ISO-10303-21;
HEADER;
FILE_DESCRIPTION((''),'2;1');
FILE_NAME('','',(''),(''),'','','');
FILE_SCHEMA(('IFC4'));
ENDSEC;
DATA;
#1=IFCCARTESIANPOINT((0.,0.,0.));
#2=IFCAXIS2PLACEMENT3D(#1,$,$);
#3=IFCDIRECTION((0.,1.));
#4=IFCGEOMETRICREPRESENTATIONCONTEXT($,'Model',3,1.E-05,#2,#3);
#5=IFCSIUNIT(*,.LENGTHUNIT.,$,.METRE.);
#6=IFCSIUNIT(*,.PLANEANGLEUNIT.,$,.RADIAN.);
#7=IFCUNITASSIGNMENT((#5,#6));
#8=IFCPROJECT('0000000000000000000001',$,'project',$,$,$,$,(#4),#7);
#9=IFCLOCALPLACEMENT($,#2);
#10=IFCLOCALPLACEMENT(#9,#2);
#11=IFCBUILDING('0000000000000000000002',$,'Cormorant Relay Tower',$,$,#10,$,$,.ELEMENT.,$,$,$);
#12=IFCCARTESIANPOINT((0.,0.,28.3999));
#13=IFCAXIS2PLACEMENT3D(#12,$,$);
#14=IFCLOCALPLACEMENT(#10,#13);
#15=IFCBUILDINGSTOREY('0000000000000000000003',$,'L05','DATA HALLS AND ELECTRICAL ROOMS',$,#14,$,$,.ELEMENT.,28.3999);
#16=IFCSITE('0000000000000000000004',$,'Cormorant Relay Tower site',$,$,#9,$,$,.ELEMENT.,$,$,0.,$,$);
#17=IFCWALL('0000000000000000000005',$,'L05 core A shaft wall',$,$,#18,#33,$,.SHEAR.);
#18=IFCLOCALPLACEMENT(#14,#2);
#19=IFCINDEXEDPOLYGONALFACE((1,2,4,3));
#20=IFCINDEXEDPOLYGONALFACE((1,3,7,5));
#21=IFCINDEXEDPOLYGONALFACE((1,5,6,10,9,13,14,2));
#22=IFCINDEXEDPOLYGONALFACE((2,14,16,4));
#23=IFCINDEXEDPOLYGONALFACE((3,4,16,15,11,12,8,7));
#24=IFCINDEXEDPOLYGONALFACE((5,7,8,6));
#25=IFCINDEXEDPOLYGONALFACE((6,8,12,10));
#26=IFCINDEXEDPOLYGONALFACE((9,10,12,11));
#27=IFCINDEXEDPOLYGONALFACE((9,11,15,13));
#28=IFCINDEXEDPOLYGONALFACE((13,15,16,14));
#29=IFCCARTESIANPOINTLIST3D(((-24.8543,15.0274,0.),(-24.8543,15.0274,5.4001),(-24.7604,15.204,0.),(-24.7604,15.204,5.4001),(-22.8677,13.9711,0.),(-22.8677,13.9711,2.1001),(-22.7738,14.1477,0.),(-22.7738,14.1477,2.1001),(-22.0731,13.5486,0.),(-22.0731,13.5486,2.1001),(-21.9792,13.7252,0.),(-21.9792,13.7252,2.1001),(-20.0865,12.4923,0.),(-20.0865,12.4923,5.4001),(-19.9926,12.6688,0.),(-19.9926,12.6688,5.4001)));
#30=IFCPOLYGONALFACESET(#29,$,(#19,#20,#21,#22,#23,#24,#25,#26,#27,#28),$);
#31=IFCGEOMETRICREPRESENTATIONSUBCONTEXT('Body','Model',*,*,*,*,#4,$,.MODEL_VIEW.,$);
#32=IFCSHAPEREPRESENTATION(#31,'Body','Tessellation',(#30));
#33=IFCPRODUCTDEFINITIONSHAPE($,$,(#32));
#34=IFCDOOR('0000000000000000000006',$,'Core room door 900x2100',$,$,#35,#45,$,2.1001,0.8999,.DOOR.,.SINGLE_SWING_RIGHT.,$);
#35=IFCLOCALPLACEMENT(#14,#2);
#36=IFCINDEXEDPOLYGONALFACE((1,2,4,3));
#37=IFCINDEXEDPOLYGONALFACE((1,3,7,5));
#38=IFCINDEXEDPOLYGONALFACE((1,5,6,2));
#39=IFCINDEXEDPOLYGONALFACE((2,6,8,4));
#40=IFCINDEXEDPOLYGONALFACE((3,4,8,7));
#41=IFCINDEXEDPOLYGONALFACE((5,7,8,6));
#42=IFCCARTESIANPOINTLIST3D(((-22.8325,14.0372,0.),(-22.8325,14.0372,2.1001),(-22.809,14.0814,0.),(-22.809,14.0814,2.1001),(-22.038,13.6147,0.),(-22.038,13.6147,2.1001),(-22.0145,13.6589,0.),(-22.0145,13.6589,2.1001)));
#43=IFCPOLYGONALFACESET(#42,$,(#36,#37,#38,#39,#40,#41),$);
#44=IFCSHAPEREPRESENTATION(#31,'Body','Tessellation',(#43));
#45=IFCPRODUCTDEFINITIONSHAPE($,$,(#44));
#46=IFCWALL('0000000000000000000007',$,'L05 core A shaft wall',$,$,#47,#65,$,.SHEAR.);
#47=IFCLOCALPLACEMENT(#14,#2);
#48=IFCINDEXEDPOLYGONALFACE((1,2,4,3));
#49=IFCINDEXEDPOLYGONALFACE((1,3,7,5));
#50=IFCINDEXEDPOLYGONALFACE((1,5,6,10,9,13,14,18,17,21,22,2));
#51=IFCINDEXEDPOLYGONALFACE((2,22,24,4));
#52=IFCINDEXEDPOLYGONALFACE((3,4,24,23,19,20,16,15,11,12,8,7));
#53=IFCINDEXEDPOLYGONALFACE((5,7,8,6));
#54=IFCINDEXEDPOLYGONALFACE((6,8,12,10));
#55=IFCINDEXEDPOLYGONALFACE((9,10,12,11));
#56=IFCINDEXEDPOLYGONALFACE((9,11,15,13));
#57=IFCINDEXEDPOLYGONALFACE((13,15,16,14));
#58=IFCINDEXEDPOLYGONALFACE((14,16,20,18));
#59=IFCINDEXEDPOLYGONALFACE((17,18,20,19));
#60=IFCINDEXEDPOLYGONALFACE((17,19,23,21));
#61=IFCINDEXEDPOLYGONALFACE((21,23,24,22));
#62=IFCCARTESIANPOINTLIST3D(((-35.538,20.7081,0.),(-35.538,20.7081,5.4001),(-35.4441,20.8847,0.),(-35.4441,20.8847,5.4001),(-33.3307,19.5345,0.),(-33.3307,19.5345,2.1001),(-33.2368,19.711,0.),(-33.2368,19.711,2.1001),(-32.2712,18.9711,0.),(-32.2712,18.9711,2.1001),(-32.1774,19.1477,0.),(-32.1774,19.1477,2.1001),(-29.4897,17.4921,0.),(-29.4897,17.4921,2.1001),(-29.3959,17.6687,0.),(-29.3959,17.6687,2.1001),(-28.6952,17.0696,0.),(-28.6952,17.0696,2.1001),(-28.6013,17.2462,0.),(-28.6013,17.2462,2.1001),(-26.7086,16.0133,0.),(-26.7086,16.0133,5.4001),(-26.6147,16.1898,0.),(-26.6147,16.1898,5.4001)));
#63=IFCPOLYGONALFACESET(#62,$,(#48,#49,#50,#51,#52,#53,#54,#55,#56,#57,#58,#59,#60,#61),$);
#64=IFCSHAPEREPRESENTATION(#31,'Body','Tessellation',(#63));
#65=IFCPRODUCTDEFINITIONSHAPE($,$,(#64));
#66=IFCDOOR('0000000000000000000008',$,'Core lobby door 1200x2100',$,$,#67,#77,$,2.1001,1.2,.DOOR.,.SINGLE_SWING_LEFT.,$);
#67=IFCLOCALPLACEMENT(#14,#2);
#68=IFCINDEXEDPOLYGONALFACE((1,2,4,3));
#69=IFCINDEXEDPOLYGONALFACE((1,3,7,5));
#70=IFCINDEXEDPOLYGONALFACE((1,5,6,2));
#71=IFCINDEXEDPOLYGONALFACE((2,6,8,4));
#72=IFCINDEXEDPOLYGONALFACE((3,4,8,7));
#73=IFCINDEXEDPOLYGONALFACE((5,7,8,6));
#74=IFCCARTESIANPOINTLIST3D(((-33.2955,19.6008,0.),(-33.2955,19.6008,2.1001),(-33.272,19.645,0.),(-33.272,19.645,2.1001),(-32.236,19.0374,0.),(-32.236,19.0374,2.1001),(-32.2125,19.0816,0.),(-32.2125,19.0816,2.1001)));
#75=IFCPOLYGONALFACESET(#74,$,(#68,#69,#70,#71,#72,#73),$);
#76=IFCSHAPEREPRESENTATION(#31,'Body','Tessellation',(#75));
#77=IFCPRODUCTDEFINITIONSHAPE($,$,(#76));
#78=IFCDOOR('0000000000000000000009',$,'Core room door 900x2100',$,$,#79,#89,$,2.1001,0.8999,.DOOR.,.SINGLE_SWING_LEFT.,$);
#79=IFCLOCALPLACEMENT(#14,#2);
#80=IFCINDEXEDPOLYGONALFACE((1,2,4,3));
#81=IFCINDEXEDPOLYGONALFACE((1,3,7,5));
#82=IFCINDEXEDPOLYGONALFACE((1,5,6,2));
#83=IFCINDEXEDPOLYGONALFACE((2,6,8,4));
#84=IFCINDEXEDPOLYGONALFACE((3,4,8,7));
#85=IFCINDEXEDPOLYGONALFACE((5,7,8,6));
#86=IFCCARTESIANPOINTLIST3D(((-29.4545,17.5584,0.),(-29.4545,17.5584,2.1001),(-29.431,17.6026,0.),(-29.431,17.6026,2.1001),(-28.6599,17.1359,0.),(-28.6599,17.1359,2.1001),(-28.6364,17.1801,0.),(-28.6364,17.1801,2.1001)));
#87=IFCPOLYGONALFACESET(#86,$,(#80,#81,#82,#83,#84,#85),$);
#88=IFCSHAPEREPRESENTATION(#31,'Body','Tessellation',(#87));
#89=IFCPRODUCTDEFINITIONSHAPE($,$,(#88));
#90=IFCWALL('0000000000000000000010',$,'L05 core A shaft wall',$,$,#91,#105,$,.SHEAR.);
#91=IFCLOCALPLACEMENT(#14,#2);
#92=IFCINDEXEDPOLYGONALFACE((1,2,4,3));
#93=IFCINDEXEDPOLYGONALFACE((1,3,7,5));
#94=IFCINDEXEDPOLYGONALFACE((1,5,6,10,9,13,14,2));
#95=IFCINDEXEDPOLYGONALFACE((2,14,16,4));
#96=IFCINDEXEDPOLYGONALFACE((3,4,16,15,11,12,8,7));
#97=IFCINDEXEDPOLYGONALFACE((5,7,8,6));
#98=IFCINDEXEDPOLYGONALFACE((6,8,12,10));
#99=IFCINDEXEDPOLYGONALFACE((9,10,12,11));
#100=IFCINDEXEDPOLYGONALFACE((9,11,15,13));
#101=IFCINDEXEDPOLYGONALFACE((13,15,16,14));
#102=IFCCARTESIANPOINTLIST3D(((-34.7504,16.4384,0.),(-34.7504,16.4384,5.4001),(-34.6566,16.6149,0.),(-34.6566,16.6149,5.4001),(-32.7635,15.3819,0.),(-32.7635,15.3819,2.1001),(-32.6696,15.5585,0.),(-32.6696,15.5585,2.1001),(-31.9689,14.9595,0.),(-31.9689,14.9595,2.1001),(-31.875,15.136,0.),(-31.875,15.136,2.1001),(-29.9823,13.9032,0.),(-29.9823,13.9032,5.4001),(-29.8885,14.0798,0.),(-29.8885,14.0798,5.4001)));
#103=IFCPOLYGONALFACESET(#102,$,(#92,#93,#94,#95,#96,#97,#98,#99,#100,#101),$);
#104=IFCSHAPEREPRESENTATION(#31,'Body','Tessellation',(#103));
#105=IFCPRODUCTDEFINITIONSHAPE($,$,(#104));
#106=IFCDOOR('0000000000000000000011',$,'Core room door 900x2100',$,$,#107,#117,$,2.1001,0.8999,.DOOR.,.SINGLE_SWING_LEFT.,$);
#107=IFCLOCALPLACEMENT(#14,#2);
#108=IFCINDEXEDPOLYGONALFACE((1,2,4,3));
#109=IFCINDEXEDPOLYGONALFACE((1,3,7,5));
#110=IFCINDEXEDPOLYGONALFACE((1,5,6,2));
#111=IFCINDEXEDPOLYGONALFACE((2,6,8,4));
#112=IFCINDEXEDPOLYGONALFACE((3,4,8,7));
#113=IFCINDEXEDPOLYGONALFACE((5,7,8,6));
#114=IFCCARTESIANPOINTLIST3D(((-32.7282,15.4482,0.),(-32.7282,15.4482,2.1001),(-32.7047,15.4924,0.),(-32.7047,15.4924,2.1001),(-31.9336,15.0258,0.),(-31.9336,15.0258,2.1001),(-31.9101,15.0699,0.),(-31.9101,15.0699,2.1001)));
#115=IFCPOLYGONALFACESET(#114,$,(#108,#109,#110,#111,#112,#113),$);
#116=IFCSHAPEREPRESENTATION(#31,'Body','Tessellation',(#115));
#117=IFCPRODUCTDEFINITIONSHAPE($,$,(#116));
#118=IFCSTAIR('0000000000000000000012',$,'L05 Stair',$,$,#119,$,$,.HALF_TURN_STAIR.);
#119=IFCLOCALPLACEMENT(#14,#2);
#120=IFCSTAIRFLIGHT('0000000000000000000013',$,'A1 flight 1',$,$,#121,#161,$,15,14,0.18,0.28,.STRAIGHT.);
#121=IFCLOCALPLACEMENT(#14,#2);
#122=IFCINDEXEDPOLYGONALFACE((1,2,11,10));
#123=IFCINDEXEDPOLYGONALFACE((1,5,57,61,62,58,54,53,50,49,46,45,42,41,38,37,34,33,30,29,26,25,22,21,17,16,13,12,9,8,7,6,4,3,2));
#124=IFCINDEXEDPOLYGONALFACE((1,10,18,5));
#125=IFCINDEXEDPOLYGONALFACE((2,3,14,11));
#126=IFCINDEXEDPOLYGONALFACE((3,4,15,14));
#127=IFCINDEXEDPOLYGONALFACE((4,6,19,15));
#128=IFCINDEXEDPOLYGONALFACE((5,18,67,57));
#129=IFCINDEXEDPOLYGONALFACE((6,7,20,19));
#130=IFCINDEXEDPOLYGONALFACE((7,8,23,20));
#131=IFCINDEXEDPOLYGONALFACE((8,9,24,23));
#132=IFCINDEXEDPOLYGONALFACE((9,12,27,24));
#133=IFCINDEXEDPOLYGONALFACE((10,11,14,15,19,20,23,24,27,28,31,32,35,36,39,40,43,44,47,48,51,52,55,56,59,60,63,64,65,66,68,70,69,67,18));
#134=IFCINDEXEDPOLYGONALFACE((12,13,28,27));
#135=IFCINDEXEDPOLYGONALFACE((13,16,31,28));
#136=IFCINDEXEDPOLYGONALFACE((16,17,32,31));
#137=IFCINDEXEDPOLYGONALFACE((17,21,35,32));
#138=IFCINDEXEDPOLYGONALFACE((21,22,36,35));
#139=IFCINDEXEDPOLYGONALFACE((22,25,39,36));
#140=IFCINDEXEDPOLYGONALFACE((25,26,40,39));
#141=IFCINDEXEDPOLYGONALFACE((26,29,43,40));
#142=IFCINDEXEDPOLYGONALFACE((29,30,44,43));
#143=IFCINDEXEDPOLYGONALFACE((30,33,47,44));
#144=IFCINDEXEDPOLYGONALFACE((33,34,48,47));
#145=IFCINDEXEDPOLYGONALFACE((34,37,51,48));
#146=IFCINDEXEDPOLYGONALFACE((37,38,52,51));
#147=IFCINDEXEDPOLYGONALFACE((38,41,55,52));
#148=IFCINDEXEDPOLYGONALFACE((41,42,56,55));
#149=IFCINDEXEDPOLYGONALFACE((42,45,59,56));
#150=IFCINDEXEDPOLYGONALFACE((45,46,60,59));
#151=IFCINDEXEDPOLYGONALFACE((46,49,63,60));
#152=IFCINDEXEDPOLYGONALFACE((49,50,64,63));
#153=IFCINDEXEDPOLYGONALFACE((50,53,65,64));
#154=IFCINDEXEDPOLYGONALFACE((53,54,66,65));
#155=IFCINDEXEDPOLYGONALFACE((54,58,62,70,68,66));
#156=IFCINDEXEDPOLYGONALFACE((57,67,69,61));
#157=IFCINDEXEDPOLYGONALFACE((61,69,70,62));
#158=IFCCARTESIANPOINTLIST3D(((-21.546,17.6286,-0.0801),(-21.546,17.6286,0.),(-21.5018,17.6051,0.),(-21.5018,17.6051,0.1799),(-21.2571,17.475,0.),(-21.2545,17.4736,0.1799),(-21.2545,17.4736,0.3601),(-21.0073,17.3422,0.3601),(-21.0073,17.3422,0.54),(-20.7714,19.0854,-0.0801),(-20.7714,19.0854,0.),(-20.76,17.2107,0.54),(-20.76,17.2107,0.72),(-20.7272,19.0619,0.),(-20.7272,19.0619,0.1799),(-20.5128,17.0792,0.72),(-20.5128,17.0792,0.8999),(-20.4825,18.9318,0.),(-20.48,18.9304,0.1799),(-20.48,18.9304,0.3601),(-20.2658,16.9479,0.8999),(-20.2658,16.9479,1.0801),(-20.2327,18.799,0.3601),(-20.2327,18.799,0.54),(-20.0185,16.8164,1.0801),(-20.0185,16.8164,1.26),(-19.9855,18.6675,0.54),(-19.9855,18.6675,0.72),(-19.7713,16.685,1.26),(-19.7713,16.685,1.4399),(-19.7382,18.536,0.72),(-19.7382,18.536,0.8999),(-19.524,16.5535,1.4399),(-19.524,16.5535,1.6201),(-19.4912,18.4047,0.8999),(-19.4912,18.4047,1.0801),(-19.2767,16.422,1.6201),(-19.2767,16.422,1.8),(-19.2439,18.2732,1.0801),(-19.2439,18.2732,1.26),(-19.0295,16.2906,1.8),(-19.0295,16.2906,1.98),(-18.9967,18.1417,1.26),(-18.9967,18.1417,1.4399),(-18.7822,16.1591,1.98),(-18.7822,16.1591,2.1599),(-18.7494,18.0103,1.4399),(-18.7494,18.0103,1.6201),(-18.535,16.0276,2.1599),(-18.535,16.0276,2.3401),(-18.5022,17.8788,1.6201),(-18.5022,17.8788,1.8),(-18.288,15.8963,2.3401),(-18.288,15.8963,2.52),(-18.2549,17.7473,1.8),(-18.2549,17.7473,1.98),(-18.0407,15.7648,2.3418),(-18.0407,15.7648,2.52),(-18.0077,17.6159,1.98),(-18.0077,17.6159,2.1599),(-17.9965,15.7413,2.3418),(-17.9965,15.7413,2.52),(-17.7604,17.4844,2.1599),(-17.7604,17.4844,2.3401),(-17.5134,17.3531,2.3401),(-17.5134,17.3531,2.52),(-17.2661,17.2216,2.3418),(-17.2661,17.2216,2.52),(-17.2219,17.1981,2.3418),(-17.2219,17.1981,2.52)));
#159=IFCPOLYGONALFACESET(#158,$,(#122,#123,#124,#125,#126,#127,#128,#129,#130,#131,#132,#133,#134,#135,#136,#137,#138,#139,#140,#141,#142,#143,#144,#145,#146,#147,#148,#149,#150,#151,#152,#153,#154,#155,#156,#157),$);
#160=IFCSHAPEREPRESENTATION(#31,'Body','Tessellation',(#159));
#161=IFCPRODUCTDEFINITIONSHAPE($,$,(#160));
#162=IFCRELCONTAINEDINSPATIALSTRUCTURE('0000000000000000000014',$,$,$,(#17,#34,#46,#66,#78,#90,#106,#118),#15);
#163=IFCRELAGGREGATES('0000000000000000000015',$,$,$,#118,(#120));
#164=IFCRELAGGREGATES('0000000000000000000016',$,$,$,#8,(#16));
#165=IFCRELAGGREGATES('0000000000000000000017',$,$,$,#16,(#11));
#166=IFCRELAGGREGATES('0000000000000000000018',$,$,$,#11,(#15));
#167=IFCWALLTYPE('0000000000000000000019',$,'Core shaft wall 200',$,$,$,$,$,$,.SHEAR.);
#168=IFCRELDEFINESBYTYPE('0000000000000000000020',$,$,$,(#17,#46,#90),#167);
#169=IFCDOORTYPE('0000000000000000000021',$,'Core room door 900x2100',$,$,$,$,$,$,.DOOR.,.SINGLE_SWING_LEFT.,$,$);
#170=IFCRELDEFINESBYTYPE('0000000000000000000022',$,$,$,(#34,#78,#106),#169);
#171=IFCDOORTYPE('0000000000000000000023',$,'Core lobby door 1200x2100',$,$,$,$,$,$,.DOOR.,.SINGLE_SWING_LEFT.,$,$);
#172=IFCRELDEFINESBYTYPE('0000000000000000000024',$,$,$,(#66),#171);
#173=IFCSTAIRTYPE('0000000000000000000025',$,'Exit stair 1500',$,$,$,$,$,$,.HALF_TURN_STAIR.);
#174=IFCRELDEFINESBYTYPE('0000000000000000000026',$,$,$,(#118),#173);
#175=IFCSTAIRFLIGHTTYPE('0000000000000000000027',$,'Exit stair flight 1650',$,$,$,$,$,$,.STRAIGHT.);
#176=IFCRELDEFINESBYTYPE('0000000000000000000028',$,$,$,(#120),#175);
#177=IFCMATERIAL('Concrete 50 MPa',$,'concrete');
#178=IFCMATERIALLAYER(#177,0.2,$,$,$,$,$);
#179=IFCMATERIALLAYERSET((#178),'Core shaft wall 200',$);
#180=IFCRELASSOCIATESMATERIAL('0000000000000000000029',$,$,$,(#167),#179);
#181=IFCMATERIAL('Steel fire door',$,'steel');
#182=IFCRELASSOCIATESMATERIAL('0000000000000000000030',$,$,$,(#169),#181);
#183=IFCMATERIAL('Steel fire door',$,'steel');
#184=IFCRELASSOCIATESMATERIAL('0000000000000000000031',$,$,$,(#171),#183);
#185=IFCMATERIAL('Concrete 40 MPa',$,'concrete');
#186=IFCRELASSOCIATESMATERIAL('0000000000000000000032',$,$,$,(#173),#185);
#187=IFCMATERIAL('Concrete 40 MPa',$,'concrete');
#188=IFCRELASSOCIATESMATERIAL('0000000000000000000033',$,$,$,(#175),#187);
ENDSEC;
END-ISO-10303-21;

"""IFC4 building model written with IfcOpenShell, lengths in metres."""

from ifc_helpers import new_model, si_unit, direction, frame, frame_2d, origin, place, context, subcontext, project, spatial, polyline, rectangle, outline, extrude, material, layer, layer_set, type_object, element, fill, aggregate, save


model = new_model("IFC4")

# Units and contexts
model_context = context("Model", 3, precision=1e-05, world=origin(), true_north=direction((0.0, 1.0)))
body_context = subcontext(model_context, "Body", "Model", "MODEL_VIEW")
ifc_project = project(units=[si_unit("LENGTHUNIT", "METRE"), si_unit("PLANEANGLEUNIT", "RADIAN")], contexts=[model_context])

# Site, building, storey
site_placement = place(None, origin())
site = spatial("IfcSite", under=ifc_project, at=site_placement, Name="Cormorant Relay Tower site", CompositionType="ELEMENT", RefElevation=0.0)
building_placement = place(site_placement, origin())
building = spatial("IfcBuilding", under=site, at=building_placement, Name="Cormorant Relay Tower", CompositionType="ELEMENT")
storey_placement = place(building_placement, frame((0.0, 0.0, 28.3999)))
storey = spatial("IfcBuildingStorey", under=building, at=storey_placement, Name="L05", Description="DATA HALLS AND ELECTRICAL ROOMS", CompositionType="ELEMENT", Elevation=28.3999)

# Shared definitions
ifc_material_1 = material(Name="Concrete 50 MPa", Category="concrete")
ifc_layer_1 = layer(ifc_material_1, 0.2)
ifc_layer_set_1 = layer_set([ifc_layer_1], Name="Core shaft wall 200")
wall_type_1 = type_object("IfcWallType", Name="Core shaft wall 200", PredefinedType="SHEAR", material=ifc_layer_set_1)

# Shared definitions
ifc_material_2 = material(Name="Steel fire door", Category="steel")
door_type_1 = type_object("IfcDoorType", Name="Core room door 900x2100", OperationType="SINGLE_SWING_LEFT", PredefinedType="DOOR", material=ifc_material_2)

# Wall, opening, door
wall_1_placement = place(storey_placement, frame((-20.0396, 12.5806, 0.0), z_axis=(0.0, 0.0, 1.0), x_axis=(-0.882943, 0.46948, 0.0)))
wall_1 = element("IfcWall", 1, at=wall_1_placement, inside=storey, type_object=wall_type_1, Name="L05 core A shaft wall", PredefinedType="SHEAR", context=body_context, shape_type="SweptSolid", body=[
    extrude(rectangle(XDim=5.3999, YDim=0.2, at=frame_2d((2.7, 0.0))), origin(), (0.0, 0.0, 1.0), 5.4001),
])
opening_1_placement = place(wall_1_placement, frame((2.25, 0.0, 0.0)))
opening_1 = element("IfcOpeningElement", 2, at=opening_1_placement, cuts=wall_1, PredefinedType="OPENING", context=body_context, shape_type="SweptSolid", body=[
    extrude(rectangle(XDim=0.8999, YDim=2.1001, at=frame_2d((0.45, 1.05))), frame((0.0, 0.1099, 0.0), z_axis=(0.0, -1.0, 0.0), x_axis=(1.0, 0.0, 0.0)), (0.0, 0.0, 1.0), 0.22),
])
door_1_placement = place(opening_1_placement, frame((0.8999, 0.0, 0.0), z_axis=(0.0, 0.0, 1.0), x_axis=(-1.0, 0.0, 0.0)))
door_1 = element("IfcDoor", 3, at=door_1_placement, inside=storey, type_object=door_type_1, Name="Core room door 900x2100", OperationType="SINGLE_SWING_RIGHT", OverallHeight=2.1001, OverallWidth=0.8999, PredefinedType="DOOR", context=body_context, shape_type="SweptSolid", body=[
    extrude(rectangle(XDim=0.8999, YDim=2.1001, at=frame_2d((0.45, 1.05))), frame((0.0, 0.0249, 0.0), z_axis=(0.0, -1.0, 0.0), x_axis=(1.0, 0.0, 0.0)), (0.0, 0.0, 1.0), 0.05),
])
fill(opening_1, door_1)

# Wall, openings, doors
wall_2_placement = place(storey_placement, frame((-26.6616, 16.1016, 0.0), z_axis=(0.0, 0.0, 1.0), x_axis=(-0.88294, 0.469485, 0.0)))
wall_2 = element("IfcWall", 4, at=wall_2_placement, inside=storey, type_object=wall_type_1, Name="L05 core A shaft wall", PredefinedType="SHEAR", context=body_context, shape_type="SweptSolid", body=[
    extrude(rectangle(XDim=10.0, YDim=0.2, at=frame_2d((5.0, 0.0))), origin(), (0.0, 0.0, 1.0), 5.4001),
])
opening_2_placement = place(wall_2_placement, frame((6.3, 0.0, 0.0)))
opening_2 = element("IfcOpeningElement", 5, at=opening_2_placement, cuts=wall_2, PredefinedType="OPENING", context=body_context, shape_type="SweptSolid", body=[
    extrude(rectangle(XDim=1.2, YDim=2.1001, at=frame_2d((0.6001, 1.05))), frame((0.0, 0.1099, 0.0), z_axis=(0.0, -1.0, 0.0), x_axis=(1.0, 0.0, 0.0)), (0.0, 0.0, 1.0), 0.22),
])
opening_3_placement = place(wall_2_placement, frame((2.25, 0.0, 0.0)))
opening_3 = element("IfcOpeningElement", 6, at=opening_3_placement, cuts=wall_2, PredefinedType="OPENING", context=body_context, shape_type="SweptSolid", body=[
    extrude(rectangle(XDim=0.8999, YDim=2.1001, at=frame_2d((0.45, 1.05))), frame((0.0, 0.1099, 0.0), z_axis=(0.0, -1.0, 0.0), x_axis=(1.0, 0.0, 0.0)), (0.0, 0.0, 1.0), 0.22),
])
ifc_material_3 = material(Name="Steel fire door", Category="steel")
door_type_2 = type_object("IfcDoorType", Name="Core lobby door 1200x2100", OperationType="SINGLE_SWING_LEFT", PredefinedType="DOOR", material=ifc_material_3)
door_2_placement = place(opening_2_placement, origin())
door_2 = element("IfcDoor", 7, at=door_2_placement, inside=storey, type_object=door_type_2, Name="Core lobby door 1200x2100", OperationType="SINGLE_SWING_LEFT", OverallHeight=2.1001, OverallWidth=1.2, PredefinedType="DOOR", context=body_context, shape_type="SweptSolid", body=[
    extrude(rectangle(XDim=1.2, YDim=2.1001, at=frame_2d((0.6001, 1.05))), frame((0.0, 0.0249, 0.0), z_axis=(0.0, -1.0, 0.0), x_axis=(1.0, 0.0, 0.0)), (0.0, 0.0, 1.0), 0.05),
])
fill(opening_2, door_2)
door_3_placement = place(opening_3_placement, origin())
door_3 = element("IfcDoor", 8, at=door_3_placement, inside=storey, type_object=door_type_1, Name="Core room door 900x2100", OperationType="SINGLE_SWING_LEFT", OverallHeight=2.1001, OverallWidth=0.8999, PredefinedType="DOOR", context=body_context, shape_type="SweptSolid", body=[
    extrude(rectangle(XDim=0.8999, YDim=2.1001, at=frame_2d((0.45, 1.05))), frame((0.0, 0.0249, 0.0), z_axis=(0.0, -1.0, 0.0), x_axis=(1.0, 0.0, 0.0)), (0.0, 0.0, 1.0), 0.05),
])
fill(opening_3, door_3)

# Wall, opening, door
wall_3_placement = place(storey_placement, frame((-29.9353, 13.9915, 0.0), z_axis=(0.0, 0.0, 1.0), x_axis=(-0.882953, 0.469462, 0.0)))
wall_3 = element("IfcWall", 9, at=wall_3_placement, inside=storey, type_object=wall_type_1, Name="L05 core A shaft wall", PredefinedType="SHEAR", context=body_context, shape_type="SweptSolid", body=[
    extrude(rectangle(XDim=5.4001, YDim=0.2, at=frame_2d((2.7002, 0.0))), origin(), (0.0, 0.0, 1.0), 5.4001),
])
opening_4_placement = place(wall_3_placement, frame((2.25, 0.0, 0.0)))
opening_4 = element("IfcOpeningElement", 10, at=opening_4_placement, cuts=wall_3, PredefinedType="OPENING", context=body_context, shape_type="SweptSolid", body=[
    extrude(rectangle(XDim=0.8999, YDim=2.1001, at=frame_2d((0.45, 1.05))), frame((0.0, 0.1099, 0.0), z_axis=(0.0, -1.0, 0.0), x_axis=(1.0, 0.0, 0.0)), (0.0, 0.0, 1.0), 0.22),
])
door_4_placement = place(opening_4_placement, origin())
door_4 = element("IfcDoor", 11, at=door_4_placement, inside=storey, type_object=door_type_1, Name="Core room door 900x2100", OperationType="SINGLE_SWING_LEFT", OverallHeight=2.1001, OverallWidth=0.8999, PredefinedType="DOOR", context=body_context, shape_type="SweptSolid", body=[
    extrude(rectangle(XDim=0.8999, YDim=2.1001, at=frame_2d((0.45, 1.05))), frame((0.0, 0.0249, 0.0), z_axis=(0.0, -1.0, 0.0), x_axis=(1.0, 0.0, 0.0)), (0.0, 0.0, 1.0), 0.05),
])
fill(opening_4, door_4)

# Stair, stair flight
ifc_material_4 = material(Name="Concrete 40 MPa", Category="concrete")
stair_type = type_object("IfcStairType", Name="Exit stair 1500", PredefinedType="HALF_TURN_STAIR", material=ifc_material_4)
stair_placement = place(storey_placement, origin())
stair = element("IfcStair", 12, at=stair_placement, inside=storey, type_object=stair_type, Name="L05 Stair", PredefinedType="HALF_TURN_STAIR")
ifc_material_5 = material(Name="Concrete 40 MPa", Category="concrete")
stair_flight_type = type_object("IfcStairFlightType", Name="Exit stair flight 1650", PredefinedType="STRAIGHT", material=ifc_material_5)
stair_flight_placement = place(storey_placement, frame((-21.1145, 18.3335, 0.0), z_axis=(0.0, 0.0, 1.0), x_axis=(0.882948, -0.469472, 0.0)))
stair_flight = element("IfcStairFlight", 13, at=stair_flight_placement, type_object=stair_flight_type, Name="A1 flight 1", NumberOfRisers=15, NumberOfTreads=14, PredefinedType="STRAIGHT", RiserHeight=0.18, TreadLength=0.28, context=body_context, shape_type="SweptSolid", body=[
    extrude(outline(polyline([(-0.05, -0.0801), (-0.05, 0.0), (0.0, 0.0), (0.0, 0.1799), (0.28, 0.1799), (0.28, 0.3601), (0.5601, 0.3601), (0.5601, 0.54), (0.8401, 0.54), (0.8401, 0.72), (1.1201, 0.72), (1.1201, 0.8999), (1.3999, 0.8999), (1.3999, 1.0801), (1.6799, 1.0801), (1.6799, 1.26), (1.96, 1.26), (1.96, 1.4399), (2.24, 1.4399), (2.24, 1.6201), (2.52, 1.6201), (2.52, 1.8), (2.8, 1.8), (2.8, 1.98), (3.0801, 1.98), (3.0801, 2.1599), (3.3601, 2.1599), (3.3601, 2.3401), (3.6399, 2.3401), (3.6399, 2.52), (3.9199, 2.52), (3.97, 2.52), (3.97, 2.3418), (3.9199, 2.3418), (0.2771, 0.0), (-0.05, -0.0801)])), frame((0.0, 0.825, 0.0), z_axis=(0.0, -1.0, 0.0), x_axis=(1.0, 0.0, 0.0)), (0.0, 0.0, 1.0), 1.6499),
])
aggregate(stair, [stair_flight])

save(model, "model.ifc")
